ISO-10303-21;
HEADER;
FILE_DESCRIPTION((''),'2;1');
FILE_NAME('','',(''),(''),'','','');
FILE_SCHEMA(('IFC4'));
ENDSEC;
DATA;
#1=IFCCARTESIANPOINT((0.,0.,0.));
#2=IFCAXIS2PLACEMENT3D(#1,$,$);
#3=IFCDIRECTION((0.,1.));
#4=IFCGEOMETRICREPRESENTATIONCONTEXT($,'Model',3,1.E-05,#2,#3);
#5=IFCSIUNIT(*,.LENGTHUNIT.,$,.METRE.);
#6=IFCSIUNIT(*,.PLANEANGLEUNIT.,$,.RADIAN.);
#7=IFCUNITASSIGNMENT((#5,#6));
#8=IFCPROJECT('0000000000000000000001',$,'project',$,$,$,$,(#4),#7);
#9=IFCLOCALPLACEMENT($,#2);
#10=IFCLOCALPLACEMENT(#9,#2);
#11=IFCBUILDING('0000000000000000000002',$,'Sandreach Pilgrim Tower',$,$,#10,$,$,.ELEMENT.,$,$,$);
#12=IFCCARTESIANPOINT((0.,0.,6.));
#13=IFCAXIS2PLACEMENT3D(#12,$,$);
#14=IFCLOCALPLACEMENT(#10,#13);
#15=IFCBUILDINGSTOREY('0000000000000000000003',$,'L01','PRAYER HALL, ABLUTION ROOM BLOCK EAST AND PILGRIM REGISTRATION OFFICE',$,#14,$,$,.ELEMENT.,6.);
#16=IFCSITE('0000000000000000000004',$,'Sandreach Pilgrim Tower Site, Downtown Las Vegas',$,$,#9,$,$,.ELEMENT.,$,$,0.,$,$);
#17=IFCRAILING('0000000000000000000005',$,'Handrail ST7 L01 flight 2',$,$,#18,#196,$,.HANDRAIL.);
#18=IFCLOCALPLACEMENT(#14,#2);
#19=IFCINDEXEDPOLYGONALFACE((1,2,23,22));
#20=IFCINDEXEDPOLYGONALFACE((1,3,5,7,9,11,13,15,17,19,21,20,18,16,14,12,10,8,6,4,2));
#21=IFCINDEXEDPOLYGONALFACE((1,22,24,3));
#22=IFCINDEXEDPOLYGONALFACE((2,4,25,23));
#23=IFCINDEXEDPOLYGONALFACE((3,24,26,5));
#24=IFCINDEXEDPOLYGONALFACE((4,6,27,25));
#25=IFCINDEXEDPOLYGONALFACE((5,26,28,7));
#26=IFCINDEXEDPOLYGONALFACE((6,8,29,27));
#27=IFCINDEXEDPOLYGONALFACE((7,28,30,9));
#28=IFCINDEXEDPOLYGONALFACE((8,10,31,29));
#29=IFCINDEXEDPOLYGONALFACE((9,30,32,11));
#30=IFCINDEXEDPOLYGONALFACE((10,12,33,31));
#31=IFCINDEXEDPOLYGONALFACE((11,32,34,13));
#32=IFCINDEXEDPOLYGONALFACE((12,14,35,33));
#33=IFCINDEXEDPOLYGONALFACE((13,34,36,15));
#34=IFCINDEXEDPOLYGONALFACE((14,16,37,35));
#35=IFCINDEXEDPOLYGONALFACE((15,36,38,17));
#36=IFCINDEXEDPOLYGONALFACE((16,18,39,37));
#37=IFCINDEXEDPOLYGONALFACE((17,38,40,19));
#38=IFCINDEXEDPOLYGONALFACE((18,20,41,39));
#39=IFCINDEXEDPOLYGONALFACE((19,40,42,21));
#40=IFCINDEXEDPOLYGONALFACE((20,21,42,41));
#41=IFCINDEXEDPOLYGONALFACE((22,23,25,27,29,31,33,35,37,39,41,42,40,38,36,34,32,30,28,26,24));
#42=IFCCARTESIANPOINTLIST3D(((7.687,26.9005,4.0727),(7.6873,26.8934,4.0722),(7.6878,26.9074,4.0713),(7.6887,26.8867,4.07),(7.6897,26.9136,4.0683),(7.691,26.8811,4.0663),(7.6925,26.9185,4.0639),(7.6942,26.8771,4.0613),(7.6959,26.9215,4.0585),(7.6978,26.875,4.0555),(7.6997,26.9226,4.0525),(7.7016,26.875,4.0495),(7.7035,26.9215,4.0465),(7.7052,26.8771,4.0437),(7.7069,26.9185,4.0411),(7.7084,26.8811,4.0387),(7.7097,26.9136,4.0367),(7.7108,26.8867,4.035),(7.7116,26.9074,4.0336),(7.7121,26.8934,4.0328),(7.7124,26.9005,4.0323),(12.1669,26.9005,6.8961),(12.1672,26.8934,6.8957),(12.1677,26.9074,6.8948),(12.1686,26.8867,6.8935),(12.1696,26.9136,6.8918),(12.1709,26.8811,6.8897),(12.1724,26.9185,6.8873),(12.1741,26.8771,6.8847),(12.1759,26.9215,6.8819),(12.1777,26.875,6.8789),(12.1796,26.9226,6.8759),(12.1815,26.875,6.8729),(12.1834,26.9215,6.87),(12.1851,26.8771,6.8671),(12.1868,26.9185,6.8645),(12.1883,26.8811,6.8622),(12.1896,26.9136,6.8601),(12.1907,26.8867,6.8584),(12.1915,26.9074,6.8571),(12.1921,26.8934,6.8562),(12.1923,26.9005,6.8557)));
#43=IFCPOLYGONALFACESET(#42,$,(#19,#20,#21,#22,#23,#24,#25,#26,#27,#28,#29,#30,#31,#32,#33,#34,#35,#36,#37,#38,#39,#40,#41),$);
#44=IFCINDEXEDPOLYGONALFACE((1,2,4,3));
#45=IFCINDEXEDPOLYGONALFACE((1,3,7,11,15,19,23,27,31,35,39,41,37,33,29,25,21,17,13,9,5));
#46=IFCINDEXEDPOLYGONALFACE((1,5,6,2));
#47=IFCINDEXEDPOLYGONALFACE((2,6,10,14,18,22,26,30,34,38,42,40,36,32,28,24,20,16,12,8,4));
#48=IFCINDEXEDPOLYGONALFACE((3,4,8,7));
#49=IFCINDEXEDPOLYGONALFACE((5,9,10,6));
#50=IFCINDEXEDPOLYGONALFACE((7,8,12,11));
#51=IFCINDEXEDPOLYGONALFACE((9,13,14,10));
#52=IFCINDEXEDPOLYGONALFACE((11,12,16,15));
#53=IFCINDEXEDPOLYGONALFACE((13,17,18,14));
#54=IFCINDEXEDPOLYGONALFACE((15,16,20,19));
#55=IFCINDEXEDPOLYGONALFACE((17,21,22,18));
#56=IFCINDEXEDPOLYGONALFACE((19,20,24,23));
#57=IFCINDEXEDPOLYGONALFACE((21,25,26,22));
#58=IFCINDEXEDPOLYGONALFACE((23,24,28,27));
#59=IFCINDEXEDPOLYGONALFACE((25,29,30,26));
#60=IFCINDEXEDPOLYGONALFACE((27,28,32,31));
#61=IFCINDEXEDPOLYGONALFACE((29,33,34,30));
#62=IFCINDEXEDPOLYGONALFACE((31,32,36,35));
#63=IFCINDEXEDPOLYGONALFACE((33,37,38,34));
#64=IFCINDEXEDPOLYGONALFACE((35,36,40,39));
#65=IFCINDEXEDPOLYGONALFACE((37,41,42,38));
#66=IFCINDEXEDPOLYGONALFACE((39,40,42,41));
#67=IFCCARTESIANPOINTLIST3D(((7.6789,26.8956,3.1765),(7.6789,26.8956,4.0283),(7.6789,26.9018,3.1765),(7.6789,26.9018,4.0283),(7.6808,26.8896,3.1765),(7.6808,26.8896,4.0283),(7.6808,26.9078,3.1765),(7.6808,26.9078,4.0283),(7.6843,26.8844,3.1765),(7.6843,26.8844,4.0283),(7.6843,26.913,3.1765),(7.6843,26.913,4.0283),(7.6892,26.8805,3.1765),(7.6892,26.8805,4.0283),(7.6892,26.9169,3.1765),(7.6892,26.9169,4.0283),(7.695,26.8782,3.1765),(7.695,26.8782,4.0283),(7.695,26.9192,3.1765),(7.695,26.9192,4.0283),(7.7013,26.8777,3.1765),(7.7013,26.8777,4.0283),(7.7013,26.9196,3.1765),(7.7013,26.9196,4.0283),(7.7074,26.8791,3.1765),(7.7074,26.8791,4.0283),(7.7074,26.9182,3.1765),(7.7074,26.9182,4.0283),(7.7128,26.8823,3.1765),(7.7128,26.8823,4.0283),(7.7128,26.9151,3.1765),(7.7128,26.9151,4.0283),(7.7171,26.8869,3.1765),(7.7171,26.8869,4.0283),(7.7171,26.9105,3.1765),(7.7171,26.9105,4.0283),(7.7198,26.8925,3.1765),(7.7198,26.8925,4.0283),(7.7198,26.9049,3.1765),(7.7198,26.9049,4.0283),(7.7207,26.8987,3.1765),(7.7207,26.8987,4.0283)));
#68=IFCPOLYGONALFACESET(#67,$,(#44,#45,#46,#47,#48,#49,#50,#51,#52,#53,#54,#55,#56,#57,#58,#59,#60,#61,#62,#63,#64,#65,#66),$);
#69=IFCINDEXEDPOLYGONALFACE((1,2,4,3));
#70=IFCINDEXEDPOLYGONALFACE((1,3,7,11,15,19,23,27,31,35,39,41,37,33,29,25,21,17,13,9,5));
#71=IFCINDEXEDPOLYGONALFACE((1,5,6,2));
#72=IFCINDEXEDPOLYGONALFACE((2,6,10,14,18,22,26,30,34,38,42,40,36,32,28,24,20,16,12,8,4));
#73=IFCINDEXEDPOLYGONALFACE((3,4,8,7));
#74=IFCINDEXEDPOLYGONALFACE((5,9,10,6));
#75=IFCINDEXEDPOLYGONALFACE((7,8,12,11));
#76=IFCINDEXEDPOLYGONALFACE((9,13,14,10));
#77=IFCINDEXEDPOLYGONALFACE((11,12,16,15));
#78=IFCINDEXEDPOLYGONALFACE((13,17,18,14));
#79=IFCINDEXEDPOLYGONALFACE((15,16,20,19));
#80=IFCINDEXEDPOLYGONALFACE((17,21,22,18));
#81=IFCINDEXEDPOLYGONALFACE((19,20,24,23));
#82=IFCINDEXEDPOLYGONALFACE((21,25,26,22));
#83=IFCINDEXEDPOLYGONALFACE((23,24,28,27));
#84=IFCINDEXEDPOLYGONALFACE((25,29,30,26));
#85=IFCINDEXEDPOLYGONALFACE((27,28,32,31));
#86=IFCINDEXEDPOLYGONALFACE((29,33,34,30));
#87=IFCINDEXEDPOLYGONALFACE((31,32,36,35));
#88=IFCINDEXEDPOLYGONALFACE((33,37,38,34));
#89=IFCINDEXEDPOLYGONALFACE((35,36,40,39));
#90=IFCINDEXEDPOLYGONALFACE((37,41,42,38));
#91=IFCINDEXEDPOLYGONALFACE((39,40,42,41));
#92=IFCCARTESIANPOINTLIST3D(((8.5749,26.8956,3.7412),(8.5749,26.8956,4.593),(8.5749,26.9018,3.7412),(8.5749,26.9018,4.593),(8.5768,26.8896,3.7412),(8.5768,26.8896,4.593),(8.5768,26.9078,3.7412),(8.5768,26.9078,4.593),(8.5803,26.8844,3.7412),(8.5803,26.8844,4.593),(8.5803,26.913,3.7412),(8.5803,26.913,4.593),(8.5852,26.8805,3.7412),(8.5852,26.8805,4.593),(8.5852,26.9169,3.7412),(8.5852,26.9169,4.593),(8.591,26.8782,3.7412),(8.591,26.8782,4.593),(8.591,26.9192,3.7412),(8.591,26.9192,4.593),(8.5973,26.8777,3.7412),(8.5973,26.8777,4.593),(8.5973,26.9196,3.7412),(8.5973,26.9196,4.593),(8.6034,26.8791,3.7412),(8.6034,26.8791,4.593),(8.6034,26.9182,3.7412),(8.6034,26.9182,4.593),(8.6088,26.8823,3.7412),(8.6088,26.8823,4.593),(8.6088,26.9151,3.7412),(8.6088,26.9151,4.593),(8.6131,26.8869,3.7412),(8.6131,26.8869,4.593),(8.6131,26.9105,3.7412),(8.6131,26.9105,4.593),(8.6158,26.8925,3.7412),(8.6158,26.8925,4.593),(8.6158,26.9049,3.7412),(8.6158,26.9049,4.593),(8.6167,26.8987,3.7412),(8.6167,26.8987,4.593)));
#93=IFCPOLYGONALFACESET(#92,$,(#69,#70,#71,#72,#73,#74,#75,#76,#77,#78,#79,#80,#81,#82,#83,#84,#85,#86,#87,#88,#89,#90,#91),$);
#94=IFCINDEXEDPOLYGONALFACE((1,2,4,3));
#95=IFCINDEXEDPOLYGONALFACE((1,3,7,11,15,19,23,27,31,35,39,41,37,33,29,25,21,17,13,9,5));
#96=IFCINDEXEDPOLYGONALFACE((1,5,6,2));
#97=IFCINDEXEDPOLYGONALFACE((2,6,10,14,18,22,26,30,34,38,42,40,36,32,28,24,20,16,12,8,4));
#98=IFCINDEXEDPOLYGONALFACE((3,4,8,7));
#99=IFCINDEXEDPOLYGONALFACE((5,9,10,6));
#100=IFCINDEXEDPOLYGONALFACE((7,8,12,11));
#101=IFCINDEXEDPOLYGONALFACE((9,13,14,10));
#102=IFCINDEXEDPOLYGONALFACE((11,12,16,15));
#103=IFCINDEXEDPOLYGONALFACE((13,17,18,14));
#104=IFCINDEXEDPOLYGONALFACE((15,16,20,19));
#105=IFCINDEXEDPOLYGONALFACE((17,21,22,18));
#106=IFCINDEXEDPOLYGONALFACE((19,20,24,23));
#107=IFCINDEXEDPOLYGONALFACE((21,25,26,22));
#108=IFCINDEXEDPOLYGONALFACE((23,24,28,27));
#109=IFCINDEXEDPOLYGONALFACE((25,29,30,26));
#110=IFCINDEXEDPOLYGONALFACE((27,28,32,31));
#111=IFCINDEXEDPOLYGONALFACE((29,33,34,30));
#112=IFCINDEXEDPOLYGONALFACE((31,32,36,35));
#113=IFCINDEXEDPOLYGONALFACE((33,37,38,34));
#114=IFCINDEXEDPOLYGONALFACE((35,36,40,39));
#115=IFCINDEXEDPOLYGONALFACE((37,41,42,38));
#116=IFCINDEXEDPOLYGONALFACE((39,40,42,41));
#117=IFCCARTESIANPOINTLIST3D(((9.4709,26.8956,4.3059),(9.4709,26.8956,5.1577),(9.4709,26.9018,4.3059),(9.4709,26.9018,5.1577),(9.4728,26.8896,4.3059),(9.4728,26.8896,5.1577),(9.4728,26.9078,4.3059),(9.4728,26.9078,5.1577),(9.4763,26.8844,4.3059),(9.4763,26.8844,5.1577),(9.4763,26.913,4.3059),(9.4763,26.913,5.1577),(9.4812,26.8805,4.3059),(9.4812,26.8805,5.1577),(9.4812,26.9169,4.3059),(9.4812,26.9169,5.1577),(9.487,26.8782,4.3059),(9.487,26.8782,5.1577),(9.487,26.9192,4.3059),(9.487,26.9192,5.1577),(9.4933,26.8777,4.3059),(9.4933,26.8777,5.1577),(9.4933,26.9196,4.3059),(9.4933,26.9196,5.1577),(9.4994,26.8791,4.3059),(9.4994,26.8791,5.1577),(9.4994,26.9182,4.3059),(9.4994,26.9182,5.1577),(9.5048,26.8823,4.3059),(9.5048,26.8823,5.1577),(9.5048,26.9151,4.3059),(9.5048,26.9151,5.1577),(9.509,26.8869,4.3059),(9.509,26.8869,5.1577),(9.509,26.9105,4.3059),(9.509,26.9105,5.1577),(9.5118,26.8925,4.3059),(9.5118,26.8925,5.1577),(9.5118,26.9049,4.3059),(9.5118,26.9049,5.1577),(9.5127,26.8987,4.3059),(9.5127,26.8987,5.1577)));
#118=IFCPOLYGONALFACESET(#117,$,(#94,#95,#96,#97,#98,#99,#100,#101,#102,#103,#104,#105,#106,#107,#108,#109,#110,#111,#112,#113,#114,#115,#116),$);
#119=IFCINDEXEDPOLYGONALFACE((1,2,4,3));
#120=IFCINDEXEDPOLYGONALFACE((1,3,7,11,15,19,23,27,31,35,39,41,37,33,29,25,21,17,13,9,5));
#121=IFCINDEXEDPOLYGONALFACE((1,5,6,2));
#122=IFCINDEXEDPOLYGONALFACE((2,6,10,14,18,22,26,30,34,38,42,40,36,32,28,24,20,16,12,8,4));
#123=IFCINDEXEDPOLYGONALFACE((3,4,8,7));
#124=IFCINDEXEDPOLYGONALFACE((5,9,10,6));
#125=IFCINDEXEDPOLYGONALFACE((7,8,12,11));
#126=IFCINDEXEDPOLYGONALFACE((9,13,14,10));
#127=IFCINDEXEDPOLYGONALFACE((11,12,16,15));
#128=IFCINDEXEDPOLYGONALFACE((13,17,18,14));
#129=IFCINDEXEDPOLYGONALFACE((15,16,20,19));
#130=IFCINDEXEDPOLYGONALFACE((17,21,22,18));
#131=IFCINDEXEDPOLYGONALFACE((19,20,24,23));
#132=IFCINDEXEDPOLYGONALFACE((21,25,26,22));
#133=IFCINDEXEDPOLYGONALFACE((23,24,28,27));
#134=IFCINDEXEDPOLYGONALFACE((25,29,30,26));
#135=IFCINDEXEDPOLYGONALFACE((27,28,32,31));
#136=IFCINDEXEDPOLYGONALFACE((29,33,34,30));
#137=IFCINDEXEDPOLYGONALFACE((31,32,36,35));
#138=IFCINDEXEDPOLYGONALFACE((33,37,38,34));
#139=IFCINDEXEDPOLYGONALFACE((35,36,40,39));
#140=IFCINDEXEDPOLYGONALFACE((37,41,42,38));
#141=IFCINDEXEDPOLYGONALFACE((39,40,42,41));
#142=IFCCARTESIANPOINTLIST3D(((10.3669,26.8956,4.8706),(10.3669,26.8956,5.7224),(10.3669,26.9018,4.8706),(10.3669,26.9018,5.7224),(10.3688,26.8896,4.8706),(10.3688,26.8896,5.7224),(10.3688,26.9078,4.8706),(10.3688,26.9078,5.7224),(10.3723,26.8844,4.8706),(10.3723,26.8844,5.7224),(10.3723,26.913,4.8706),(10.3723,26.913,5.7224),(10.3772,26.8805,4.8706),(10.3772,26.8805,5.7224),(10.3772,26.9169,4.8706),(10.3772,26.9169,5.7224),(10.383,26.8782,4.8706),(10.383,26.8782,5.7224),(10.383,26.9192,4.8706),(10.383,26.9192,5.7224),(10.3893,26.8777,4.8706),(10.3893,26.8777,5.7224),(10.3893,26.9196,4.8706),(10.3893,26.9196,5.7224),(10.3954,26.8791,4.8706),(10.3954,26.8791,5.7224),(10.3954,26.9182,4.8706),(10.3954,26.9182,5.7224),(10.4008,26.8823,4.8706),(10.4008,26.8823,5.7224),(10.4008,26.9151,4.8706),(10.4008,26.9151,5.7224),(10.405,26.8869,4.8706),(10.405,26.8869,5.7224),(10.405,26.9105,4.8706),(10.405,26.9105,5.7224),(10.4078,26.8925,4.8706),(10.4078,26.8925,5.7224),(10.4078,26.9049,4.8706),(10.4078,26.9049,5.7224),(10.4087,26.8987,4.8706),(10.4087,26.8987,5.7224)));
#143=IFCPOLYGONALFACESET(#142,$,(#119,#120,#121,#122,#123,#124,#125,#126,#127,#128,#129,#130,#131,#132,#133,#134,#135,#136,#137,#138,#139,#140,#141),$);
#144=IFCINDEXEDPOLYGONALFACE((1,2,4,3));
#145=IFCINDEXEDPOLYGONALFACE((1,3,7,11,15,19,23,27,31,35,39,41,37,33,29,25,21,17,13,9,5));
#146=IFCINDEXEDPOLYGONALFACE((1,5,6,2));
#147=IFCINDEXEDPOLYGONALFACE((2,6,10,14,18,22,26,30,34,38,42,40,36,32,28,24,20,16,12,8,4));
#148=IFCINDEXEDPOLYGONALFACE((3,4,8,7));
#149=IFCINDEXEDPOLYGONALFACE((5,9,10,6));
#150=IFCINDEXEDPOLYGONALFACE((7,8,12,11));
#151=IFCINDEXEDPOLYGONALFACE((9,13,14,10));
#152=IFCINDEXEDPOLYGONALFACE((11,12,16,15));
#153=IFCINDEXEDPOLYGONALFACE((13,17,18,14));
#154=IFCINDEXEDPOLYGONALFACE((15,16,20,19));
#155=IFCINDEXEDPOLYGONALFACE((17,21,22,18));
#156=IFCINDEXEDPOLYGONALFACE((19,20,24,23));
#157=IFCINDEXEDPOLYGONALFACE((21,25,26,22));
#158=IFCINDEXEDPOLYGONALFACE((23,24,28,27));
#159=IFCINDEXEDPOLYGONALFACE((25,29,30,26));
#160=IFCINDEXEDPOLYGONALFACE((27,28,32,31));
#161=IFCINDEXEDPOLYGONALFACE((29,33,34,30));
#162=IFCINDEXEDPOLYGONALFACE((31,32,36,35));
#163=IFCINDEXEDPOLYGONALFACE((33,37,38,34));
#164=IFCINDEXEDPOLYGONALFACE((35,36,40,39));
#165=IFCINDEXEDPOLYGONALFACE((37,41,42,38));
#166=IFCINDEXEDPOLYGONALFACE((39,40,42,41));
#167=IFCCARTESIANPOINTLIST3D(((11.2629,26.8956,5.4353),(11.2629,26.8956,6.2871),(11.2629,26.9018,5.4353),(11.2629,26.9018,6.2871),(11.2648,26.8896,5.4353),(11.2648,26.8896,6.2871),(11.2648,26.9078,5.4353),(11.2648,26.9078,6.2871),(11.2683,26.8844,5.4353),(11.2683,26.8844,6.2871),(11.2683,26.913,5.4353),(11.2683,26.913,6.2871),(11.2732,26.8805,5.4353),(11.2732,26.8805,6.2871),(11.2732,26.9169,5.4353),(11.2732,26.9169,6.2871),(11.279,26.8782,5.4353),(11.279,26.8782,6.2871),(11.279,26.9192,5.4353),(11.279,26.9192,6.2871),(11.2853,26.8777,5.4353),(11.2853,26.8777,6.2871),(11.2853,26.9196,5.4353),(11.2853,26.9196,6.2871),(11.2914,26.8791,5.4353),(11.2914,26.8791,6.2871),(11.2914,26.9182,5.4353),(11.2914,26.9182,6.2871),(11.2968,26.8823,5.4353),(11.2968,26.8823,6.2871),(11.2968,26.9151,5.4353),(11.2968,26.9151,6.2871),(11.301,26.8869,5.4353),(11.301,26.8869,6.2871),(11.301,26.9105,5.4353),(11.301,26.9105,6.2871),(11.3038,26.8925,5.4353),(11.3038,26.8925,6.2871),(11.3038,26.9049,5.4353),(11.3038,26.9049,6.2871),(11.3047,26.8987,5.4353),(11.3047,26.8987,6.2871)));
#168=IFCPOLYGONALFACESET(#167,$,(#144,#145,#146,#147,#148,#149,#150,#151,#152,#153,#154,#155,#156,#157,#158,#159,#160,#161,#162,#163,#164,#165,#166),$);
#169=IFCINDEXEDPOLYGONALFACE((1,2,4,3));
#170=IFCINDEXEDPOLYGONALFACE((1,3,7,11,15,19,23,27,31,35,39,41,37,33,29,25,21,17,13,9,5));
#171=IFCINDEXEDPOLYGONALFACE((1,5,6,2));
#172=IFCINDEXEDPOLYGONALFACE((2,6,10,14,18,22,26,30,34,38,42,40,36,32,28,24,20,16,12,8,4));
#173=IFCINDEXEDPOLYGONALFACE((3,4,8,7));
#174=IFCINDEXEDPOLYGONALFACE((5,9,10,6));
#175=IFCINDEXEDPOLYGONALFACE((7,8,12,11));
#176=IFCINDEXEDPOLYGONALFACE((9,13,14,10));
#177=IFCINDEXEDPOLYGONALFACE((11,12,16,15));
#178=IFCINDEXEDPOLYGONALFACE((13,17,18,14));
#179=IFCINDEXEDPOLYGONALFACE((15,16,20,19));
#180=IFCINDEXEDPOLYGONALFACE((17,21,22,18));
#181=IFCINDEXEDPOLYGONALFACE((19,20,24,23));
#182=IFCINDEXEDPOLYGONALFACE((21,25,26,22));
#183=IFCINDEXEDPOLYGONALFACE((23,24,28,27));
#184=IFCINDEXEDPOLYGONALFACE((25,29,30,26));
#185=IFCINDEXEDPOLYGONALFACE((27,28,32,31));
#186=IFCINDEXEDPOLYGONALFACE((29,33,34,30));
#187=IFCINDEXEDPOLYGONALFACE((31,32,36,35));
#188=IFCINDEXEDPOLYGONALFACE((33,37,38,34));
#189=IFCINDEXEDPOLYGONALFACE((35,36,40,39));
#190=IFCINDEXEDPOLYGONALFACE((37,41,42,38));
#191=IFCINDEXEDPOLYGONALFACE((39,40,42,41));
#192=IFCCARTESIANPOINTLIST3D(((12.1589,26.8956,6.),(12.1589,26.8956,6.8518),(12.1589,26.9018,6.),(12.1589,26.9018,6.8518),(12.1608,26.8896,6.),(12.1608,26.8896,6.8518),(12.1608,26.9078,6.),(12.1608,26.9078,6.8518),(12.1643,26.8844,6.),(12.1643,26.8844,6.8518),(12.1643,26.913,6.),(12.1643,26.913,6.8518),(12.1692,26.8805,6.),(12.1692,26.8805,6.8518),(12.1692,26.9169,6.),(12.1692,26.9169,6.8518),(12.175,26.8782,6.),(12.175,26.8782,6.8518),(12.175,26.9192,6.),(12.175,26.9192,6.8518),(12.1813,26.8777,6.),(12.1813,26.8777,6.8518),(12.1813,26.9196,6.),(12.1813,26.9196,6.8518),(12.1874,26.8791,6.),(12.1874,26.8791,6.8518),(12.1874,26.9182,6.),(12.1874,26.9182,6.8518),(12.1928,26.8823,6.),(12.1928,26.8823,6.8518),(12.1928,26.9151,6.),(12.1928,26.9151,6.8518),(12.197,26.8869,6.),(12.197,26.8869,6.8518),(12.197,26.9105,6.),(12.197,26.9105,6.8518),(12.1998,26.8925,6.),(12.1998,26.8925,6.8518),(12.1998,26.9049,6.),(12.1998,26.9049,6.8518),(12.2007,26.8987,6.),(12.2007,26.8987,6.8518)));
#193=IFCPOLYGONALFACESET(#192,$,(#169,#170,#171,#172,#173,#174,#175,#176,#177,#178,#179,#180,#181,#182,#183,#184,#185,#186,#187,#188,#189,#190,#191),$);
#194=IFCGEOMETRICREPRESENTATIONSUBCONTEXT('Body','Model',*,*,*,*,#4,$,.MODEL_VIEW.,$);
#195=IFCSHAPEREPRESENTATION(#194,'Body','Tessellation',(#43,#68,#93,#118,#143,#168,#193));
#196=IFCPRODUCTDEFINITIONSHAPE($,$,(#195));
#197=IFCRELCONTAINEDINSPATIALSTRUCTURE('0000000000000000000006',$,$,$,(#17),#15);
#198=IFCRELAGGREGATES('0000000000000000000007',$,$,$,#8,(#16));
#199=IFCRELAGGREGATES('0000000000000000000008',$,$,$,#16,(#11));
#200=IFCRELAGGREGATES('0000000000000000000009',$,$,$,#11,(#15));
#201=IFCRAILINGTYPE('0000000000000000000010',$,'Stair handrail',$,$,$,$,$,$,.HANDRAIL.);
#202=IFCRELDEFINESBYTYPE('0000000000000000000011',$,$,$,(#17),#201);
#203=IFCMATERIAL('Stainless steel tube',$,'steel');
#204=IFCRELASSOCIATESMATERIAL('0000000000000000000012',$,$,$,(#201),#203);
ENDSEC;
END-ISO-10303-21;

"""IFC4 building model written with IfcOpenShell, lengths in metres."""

from ifc_helpers import new_model, si_unit, direction, frame, origin, origin_2d, place, context, subcontext, project, spatial, circle, extrude, material, type_object, element, save


model = new_model("IFC4")

# Units and contexts
model_context = context("Model", 3, precision=1e-05, world=origin(), true_north=direction((0.0, 1.0)))
body_context = subcontext(model_context, "Body", "Model", "MODEL_VIEW")
ifc_project = project(units=[si_unit("LENGTHUNIT", "METRE"), si_unit("PLANEANGLEUNIT", "RADIAN")], contexts=[model_context])

# Site, building, storey
site_placement = place(None, origin())
site = spatial("IfcSite", under=ifc_project, at=site_placement, Name="Sandreach Pilgrim Tower Site, Downtown Las Vegas", CompositionType="ELEMENT", RefElevation=0.0)
building_placement = place(site_placement, origin())
building = spatial("IfcBuilding", under=site, at=building_placement, Name="Sandreach Pilgrim Tower", CompositionType="ELEMENT")
storey_placement = place(building_placement, frame((0.0, 0.0, 6.0)))
storey = spatial("IfcBuildingStorey", under=building, at=storey_placement, Name="L01", Description="PRAYER HALL, ABLUTION ROOM BLOCK EAST AND PILGRIM REGISTRATION OFFICE", CompositionType="ELEMENT", Elevation=6.0)

# Railing
ifc_material_1 = material(Name="Stainless steel tube", Category="steel")
railing_type = type_object("IfcRailingType", Name="Stair handrail", PredefinedType="HANDRAIL", material=ifc_material_1)
for number, where, name in (
    (1, (7.6997, 26.8987, 3.1765), "Handrail ST7 L01 flight 2"),
):
    element("IfcRailing", number, at=place(storey_placement, frame(where)), inside=storey, type_object=railing_type, Name=name, PredefinedType="HANDRAIL", context=body_context, shape_type="SweptSolid", body=[
        extrude(circle(Radius=0.0239, at=origin_2d()), frame((0.0, 0.0, 0.876), z_axis=(0.845998, 0.0, 0.533186), x_axis=(0.0, 1.0, 0.0)), (0.0, 0.0, 1.0), 5.2954),
        extrude(circle(Radius=0.021, at=origin_2d()), origin(), (0.0, 0.0, 1.0), 0.8518),
        extrude(circle(Radius=0.021, at=origin_2d()), frame((0.896, 0.0, 0.5647)), (0.0, 0.0, 1.0), 0.8518),
        extrude(circle(Radius=0.021, at=origin_2d()), frame((1.792, 0.0, 1.1294)), (0.0, 0.0, 1.0), 0.8518),
        extrude(circle(Radius=0.021, at=origin_2d()), frame((2.688, 0.0, 1.6941)), (0.0, 0.0, 1.0), 0.8518),
        extrude(circle(Radius=0.021, at=origin_2d()), frame((3.584, 0.0, 2.2588)), (0.0, 0.0, 1.0), 0.8518),
        extrude(circle(Radius=0.021, at=origin_2d()), frame((4.48, 0.0, 2.8235)), (0.0, 0.0, 1.0), 0.8518),
    ])

save(model, "model.ifc")
